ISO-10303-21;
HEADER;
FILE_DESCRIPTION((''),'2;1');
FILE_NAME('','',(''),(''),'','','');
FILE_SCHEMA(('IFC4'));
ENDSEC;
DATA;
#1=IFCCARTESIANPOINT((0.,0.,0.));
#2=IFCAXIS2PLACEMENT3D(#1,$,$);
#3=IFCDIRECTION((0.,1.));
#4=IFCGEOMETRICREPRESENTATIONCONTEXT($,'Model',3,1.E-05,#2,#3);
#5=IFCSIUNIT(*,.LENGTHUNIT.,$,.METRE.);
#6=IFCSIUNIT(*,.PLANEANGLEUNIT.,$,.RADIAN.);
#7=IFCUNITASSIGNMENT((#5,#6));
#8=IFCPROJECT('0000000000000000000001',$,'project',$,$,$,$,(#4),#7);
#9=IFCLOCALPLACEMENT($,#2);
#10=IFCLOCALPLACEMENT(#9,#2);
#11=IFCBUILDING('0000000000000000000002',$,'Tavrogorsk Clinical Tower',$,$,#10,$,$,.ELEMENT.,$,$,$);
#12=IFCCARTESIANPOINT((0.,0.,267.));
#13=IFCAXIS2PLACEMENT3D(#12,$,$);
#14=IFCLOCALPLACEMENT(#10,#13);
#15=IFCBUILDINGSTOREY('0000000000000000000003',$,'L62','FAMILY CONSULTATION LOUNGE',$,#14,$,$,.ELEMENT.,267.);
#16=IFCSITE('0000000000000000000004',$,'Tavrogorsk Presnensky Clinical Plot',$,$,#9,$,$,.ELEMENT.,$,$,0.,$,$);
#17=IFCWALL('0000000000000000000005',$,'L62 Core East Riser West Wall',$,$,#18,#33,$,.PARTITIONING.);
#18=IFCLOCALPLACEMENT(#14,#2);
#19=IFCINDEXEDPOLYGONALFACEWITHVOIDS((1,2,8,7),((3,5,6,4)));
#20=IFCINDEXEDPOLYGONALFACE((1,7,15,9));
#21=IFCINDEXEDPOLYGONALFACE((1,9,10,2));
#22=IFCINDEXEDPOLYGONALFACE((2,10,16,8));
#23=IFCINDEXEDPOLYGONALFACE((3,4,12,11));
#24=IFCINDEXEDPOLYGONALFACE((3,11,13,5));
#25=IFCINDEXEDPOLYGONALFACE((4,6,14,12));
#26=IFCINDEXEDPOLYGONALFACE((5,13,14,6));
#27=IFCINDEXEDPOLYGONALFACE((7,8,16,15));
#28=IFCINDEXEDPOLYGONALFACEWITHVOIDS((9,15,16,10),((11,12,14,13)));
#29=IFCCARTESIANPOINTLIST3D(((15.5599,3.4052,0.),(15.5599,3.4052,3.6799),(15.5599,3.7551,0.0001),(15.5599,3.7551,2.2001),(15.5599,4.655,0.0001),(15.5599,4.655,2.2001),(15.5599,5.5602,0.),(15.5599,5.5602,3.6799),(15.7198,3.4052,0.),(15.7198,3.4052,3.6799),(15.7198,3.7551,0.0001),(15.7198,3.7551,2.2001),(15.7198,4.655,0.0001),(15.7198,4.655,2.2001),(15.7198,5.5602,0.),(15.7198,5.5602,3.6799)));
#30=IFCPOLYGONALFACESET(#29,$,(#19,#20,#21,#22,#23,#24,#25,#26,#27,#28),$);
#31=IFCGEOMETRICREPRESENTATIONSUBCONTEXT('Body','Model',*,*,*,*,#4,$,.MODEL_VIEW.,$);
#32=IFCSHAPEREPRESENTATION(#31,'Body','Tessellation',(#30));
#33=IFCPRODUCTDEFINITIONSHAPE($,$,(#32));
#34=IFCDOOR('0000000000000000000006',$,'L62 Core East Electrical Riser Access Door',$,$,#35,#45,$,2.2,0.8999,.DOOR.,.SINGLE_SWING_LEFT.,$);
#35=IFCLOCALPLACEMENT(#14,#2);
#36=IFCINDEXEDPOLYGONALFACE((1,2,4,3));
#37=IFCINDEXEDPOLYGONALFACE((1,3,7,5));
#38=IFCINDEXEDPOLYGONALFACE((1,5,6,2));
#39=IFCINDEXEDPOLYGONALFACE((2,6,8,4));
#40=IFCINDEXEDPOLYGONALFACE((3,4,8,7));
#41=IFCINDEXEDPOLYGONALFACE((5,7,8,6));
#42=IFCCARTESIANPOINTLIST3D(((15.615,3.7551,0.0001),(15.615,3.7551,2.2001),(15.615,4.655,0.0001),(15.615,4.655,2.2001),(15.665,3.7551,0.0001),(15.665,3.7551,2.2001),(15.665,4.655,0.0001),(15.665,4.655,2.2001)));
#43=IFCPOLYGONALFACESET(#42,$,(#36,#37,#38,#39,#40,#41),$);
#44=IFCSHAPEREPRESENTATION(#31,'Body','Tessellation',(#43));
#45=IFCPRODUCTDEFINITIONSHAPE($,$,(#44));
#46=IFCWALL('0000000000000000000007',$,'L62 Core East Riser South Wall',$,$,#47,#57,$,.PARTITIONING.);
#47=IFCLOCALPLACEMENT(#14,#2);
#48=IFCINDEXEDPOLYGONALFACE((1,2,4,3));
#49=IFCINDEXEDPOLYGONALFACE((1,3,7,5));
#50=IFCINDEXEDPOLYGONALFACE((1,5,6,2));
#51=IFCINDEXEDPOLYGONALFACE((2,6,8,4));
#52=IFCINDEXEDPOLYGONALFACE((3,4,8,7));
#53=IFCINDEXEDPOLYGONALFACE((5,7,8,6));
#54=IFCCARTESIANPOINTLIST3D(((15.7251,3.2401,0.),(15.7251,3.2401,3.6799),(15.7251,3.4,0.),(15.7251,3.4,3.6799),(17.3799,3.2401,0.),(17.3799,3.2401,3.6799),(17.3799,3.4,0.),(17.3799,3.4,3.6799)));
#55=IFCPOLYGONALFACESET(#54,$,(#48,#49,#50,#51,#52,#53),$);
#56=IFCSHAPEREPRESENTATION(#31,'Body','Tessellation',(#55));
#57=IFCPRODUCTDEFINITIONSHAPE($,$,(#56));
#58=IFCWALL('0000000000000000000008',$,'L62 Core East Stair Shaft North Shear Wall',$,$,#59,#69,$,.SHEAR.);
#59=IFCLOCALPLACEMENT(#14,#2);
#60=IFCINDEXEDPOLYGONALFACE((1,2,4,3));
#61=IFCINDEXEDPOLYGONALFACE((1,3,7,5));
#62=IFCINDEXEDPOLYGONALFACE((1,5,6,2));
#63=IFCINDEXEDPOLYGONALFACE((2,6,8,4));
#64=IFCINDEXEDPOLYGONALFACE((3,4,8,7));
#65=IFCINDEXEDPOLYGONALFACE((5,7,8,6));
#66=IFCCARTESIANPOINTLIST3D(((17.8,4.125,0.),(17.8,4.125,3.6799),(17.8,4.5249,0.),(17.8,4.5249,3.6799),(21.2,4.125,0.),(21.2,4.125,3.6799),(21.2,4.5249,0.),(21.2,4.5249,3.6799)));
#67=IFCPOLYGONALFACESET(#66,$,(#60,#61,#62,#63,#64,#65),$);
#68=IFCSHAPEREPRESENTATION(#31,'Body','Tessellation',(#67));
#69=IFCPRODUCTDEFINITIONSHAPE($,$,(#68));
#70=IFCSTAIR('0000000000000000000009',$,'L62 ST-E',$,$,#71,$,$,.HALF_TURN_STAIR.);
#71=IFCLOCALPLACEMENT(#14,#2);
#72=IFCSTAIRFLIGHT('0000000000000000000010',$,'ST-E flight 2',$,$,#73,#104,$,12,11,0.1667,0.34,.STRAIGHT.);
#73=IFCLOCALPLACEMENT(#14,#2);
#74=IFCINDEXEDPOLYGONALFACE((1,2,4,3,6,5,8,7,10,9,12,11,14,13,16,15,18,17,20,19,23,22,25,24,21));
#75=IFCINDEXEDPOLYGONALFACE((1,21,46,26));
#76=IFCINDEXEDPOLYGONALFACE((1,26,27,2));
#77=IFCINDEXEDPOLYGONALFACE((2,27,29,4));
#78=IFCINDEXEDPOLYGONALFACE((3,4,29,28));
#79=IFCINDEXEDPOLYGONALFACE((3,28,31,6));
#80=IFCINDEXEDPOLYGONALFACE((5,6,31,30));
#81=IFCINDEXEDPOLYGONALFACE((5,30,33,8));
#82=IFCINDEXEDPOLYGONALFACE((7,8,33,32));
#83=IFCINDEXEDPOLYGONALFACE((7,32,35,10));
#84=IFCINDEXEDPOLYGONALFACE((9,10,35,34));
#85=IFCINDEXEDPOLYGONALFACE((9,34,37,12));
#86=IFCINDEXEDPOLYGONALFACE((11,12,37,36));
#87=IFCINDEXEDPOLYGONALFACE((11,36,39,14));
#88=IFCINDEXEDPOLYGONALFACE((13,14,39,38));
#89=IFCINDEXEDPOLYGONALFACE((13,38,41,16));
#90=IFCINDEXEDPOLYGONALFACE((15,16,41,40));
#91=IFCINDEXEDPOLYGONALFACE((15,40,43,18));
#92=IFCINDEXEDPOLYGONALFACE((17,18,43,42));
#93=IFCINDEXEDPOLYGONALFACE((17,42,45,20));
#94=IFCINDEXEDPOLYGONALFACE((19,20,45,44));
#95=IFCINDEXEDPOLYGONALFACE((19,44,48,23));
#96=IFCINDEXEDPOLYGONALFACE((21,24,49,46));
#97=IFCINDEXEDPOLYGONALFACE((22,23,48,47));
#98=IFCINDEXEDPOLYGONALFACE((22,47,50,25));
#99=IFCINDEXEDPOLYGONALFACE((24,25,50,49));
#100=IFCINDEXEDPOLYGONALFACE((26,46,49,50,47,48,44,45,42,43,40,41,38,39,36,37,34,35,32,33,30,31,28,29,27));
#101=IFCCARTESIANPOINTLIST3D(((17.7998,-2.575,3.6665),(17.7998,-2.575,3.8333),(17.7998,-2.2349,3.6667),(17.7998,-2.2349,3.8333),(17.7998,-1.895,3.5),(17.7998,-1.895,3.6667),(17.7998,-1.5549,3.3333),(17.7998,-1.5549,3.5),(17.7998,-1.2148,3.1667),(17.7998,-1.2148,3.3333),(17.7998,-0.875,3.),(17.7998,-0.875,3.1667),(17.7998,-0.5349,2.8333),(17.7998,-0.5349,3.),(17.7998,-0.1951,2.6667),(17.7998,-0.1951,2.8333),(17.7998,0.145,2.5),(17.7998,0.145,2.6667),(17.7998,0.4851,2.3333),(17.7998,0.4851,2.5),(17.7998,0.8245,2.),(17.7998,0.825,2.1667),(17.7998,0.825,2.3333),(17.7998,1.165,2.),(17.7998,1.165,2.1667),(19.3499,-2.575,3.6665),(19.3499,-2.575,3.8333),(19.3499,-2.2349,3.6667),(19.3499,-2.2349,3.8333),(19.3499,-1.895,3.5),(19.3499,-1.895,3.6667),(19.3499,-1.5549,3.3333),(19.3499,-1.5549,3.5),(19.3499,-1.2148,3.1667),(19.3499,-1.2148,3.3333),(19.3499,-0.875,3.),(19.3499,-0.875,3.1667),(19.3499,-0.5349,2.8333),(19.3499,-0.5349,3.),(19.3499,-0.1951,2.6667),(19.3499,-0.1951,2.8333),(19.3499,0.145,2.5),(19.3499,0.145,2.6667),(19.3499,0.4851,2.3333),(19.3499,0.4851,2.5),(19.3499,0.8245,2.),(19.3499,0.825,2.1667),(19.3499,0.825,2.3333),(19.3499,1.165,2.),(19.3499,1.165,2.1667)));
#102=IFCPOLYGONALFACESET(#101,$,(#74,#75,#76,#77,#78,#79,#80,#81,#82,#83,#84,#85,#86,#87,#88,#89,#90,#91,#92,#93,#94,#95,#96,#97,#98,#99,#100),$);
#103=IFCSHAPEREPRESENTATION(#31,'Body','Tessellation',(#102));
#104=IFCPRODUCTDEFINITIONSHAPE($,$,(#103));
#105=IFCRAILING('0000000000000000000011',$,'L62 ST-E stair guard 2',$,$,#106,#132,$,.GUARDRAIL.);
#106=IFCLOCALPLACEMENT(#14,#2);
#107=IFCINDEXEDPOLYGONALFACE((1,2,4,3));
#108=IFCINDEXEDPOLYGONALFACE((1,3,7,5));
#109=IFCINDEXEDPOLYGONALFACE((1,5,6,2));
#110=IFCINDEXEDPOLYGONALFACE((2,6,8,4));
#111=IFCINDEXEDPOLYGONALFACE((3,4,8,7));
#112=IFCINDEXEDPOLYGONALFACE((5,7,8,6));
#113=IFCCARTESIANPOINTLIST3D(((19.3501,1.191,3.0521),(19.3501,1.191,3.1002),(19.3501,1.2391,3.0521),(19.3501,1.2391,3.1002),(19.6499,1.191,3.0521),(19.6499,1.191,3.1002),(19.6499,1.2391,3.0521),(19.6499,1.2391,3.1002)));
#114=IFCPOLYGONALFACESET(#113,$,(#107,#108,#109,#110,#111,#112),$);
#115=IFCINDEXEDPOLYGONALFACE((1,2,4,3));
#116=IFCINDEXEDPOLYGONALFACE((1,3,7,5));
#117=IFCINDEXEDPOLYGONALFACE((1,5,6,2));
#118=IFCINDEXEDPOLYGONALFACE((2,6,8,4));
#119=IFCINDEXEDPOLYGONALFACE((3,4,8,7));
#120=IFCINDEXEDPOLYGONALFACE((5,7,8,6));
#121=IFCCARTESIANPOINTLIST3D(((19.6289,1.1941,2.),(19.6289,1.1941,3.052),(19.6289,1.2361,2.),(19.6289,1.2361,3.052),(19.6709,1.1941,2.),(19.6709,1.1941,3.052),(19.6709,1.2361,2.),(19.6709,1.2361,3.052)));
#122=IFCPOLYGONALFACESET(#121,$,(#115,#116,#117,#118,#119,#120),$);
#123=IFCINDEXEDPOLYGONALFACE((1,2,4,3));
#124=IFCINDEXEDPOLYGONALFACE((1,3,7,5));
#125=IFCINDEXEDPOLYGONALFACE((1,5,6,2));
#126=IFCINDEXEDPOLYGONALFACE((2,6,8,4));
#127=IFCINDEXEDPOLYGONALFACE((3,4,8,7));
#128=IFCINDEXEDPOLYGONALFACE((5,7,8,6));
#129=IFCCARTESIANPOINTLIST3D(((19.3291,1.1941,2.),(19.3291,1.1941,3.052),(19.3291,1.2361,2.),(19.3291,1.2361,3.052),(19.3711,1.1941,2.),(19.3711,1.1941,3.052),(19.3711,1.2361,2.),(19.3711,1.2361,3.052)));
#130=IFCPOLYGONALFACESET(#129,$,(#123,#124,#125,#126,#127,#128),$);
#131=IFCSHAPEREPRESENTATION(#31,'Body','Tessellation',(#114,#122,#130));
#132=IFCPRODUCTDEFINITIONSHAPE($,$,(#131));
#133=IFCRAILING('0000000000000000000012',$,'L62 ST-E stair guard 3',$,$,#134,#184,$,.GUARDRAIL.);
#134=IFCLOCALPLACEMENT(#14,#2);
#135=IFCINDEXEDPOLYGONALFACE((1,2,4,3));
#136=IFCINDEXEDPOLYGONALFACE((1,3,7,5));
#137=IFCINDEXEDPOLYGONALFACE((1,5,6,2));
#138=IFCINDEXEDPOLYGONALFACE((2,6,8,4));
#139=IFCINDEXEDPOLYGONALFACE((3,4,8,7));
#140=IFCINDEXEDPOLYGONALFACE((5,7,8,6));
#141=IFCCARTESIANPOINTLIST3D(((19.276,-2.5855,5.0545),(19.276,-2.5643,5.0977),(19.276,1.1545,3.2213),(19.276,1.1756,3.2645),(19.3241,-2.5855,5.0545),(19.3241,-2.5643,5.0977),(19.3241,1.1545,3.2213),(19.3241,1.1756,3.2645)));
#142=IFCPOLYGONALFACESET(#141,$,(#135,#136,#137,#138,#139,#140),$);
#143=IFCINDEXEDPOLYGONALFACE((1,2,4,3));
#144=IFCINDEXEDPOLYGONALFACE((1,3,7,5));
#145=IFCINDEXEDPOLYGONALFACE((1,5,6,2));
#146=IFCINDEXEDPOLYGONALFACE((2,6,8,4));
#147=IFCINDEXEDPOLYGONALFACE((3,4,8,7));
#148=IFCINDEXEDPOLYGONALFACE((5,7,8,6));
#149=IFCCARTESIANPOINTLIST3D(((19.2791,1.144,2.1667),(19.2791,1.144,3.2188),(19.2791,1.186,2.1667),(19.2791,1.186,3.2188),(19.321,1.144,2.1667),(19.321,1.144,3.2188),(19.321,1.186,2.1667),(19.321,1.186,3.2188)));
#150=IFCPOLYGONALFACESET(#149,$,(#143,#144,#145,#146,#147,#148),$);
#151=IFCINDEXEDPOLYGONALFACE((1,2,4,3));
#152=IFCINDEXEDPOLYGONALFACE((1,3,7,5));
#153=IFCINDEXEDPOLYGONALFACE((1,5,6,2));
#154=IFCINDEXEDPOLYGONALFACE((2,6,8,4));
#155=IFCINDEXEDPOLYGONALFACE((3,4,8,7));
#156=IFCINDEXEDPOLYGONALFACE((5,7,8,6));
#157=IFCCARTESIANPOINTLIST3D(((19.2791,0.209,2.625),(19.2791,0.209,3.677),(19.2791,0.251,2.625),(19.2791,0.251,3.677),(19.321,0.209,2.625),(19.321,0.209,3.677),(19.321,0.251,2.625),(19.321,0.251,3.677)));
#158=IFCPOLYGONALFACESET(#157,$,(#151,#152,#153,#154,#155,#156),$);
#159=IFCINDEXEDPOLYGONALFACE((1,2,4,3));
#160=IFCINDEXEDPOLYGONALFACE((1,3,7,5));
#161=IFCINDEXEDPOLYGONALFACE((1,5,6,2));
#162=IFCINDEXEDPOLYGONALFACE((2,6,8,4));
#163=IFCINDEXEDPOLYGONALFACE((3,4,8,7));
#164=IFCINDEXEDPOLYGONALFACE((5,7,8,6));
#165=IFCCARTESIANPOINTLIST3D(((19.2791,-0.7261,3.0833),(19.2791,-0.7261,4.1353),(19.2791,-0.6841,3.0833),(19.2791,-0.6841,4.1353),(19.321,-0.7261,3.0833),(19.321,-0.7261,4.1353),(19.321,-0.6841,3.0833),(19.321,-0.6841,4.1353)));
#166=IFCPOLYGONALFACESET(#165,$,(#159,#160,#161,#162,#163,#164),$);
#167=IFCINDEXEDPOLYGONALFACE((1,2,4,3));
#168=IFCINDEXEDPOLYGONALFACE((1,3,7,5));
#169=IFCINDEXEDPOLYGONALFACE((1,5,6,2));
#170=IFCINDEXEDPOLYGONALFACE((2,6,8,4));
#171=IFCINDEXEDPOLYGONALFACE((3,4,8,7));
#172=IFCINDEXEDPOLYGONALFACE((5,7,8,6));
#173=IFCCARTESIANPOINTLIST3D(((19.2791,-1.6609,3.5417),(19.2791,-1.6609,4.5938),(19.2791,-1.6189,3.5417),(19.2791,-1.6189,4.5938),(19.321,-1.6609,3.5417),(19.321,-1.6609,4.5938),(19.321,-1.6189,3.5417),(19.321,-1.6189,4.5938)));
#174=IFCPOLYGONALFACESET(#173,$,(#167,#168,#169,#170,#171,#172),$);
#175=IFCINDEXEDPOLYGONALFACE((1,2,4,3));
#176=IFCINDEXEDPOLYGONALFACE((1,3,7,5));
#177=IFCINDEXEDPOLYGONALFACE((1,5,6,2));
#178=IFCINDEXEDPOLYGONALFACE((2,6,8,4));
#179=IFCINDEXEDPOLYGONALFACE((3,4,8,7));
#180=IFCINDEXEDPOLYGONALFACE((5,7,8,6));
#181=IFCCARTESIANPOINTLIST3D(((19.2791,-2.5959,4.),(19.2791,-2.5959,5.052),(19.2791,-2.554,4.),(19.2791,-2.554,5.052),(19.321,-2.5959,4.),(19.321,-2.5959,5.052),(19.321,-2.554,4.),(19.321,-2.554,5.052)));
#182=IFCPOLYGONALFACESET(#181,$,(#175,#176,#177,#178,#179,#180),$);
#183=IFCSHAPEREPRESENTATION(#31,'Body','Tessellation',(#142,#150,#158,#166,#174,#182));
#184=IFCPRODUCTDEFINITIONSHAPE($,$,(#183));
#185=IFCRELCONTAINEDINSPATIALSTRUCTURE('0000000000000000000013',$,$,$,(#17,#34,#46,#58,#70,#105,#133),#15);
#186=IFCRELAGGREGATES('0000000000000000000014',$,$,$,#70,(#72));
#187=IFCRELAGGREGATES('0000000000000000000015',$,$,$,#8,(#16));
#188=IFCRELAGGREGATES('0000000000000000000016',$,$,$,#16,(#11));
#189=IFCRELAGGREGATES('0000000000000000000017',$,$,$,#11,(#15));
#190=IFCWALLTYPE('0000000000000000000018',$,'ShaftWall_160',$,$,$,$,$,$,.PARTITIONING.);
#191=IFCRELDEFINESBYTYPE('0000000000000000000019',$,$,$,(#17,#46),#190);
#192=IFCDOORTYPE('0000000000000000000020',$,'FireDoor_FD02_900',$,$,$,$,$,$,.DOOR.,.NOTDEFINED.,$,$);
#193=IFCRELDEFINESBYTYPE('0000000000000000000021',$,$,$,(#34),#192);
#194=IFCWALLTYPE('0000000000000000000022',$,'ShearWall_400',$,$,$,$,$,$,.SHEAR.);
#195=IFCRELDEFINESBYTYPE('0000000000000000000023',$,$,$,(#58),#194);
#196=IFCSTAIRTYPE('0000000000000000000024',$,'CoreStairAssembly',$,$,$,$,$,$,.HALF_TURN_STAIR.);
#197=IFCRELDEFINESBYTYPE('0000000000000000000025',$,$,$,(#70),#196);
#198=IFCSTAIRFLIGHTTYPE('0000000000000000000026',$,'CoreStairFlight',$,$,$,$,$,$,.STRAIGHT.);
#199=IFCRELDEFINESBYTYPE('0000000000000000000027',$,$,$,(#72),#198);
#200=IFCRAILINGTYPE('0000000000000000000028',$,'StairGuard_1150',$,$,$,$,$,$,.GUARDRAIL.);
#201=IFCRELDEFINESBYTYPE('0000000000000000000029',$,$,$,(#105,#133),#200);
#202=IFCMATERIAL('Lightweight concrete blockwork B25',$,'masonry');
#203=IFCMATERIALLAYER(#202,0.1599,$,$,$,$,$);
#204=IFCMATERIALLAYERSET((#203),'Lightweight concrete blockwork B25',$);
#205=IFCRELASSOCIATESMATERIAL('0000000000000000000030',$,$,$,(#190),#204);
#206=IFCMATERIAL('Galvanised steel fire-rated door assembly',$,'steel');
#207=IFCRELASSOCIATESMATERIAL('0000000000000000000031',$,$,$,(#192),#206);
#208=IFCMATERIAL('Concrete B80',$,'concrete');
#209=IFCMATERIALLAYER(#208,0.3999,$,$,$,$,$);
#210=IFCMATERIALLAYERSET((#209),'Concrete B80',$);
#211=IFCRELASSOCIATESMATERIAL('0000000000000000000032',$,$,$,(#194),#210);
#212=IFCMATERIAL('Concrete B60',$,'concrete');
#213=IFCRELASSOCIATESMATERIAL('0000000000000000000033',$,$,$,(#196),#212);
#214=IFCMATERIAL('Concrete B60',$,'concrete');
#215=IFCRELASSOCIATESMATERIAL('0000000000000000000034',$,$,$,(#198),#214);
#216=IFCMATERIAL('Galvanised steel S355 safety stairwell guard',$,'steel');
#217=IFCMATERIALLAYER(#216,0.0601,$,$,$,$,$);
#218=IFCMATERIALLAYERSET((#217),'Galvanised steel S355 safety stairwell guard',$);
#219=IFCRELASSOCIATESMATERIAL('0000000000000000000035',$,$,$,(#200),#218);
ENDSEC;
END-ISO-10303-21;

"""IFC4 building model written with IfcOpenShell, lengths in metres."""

from ifc_helpers import new_model, si_unit, direction, frame, frame_2d, origin, origin_2d, place, context, subcontext, project, spatial, polyline, rectangle, outline, extrude, material, layer, layer_set, type_object, element, fill, aggregate, save


model = new_model("IFC4")

# Units and contexts
model_context = context("Model", 3, precision=1e-05, world=origin(), true_north=direction((0.0, 1.0)))
body_context = subcontext(model_context, "Body", "Model", "MODEL_VIEW")
ifc_project = project(units=[si_unit("LENGTHUNIT", "METRE"), si_unit("PLANEANGLEUNIT", "RADIAN")], contexts=[model_context])

# Site, building, storey
site_placement = place(None, origin())
site = spatial("IfcSite", under=ifc_project, at=site_placement, Name="Tavrogorsk Presnensky Clinical Plot", CompositionType="ELEMENT", RefElevation=0.0)
building_placement = place(site_placement, origin())
building = spatial("IfcBuilding", under=site, at=building_placement, Name="Tavrogorsk Clinical Tower", CompositionType="ELEMENT")
storey_placement = place(building_placement, frame((0.0, 0.0, 267.0)))
storey = spatial("IfcBuildingStorey", under=building, at=storey_placement, Name="L62", Description="FAMILY CONSULTATION LOUNGE", CompositionType="ELEMENT", Elevation=267.0)

# Wall, opening, door
ifc_material_1 = material(Name="Lightweight concrete blockwork B25", Category="masonry")
ifc_layer_1 = layer(ifc_material_1, 0.1599)
ifc_layer_set_1 = layer_set([ifc_layer_1], Name="Lightweight concrete blockwork B25")
wall_type_1 = type_object("IfcWallType", Name="ShaftWall_160", PredefinedType="PARTITIONING", material=ifc_layer_set_1)
wall_1_placement = place(storey_placement, frame((15.6399, 3.405, 0.0), z_axis=(0.0, 0.0, 1.0), x_axis=(0.0, 1.0, 0.0)))
wall_1 = element("IfcWall", 1, at=wall_1_placement, inside=storey, type_object=wall_type_1, Name="L62 Core East Riser West Wall", PredefinedType="PARTITIONING", context=body_context, shape_type="SweptSolid", body=[
    extrude(rectangle(XDim=2.155, YDim=0.1599, at=frame_2d((1.0776, 0.0))), origin(), (0.0, 0.0, 1.0), 3.6799),
])
opening_1_placement = place(wall_1_placement, frame((0.3501, 0.0, 0.0)))
opening_1 = element("IfcOpeningElement", 2, at=opening_1_placement, cuts=wall_1, PredefinedType="OPENING", context=body_context, shape_type="SweptSolid", body=[
    extrude(rectangle(XDim=0.8999, YDim=2.2, at=frame_2d((0.45, 1.1001))), frame((0.0, 0.0898, 0.0), z_axis=(0.0, -1.0, 0.0), x_axis=(1.0, 0.0, 0.0)), (0.0, 0.0, 1.0), 0.1799),
])
ifc_material_2 = material(Name="Galvanised steel fire-rated door assembly", Category="steel")
door_type_1 = type_object("IfcDoorType", Name="FireDoor_FD02_900", OperationType="NOTDEFINED", PredefinedType="DOOR", material=ifc_material_2)
door_1_placement = place(opening_1_placement, origin())
door_1 = element("IfcDoor", 3, at=door_1_placement, inside=storey, type_object=door_type_1, Name="L62 Core East Electrical Riser Access Door", OperationType="SINGLE_SWING_LEFT", OverallHeight=2.2, OverallWidth=0.8999, PredefinedType="DOOR", context=body_context, shape_type="SweptSolid", body=[
    extrude(rectangle(XDim=0.8999, YDim=2.2, at=frame_2d((0.45, 1.1001))), frame((0.0, 0.0249, 0.0), z_axis=(0.0, -1.0, 0.0), x_axis=(1.0, 0.0, 0.0)), (0.0, 0.0, 1.0), 0.05),
])
fill(opening_1, door_1)

# Walls
wall_2_placement = place(storey_placement, frame((15.7251, 3.3201, 0.0), z_axis=(0.0, 0.0, 1.0), x_axis=(1.0, 0.0, 0.0)))
element("IfcWall", 4, at=wall_2_placement, inside=storey, type_object=wall_type_1, Name="L62 Core East Riser South Wall", PredefinedType="PARTITIONING", context=body_context, shape_type="SweptSolid", body=[
    extrude(rectangle(XDim=1.6548, YDim=0.1599, at=frame_2d((0.8274, 0.0))), origin(), (0.0, 0.0, 1.0), 3.6799),
])
ifc_material_3 = material(Name="Concrete B80", Category="concrete")
ifc_layer_2 = layer(ifc_material_3, 0.3999)
ifc_layer_set_2 = layer_set([ifc_layer_2], Name="Concrete B80")
wall_type_2 = type_object("IfcWallType", Name="ShearWall_400", PredefinedType="SHEAR", material=ifc_layer_set_2)
wall_3_placement = place(storey_placement, frame((17.8, 4.325, 0.0), z_axis=(0.0, 0.0, 1.0), x_axis=(1.0, 0.0, 0.0)))
element("IfcWall", 5, at=wall_3_placement, inside=storey, type_object=wall_type_2, Name="L62 Core East Stair Shaft North Shear Wall", PredefinedType="SHEAR", context=body_context, shape_type="SweptSolid", body=[
    extrude(rectangle(XDim=3.3999, YDim=0.3999, at=frame_2d((1.7, 0.0))), origin(), (0.0, 0.0, 1.0), 3.6799),
])

# Stair, stair flight
ifc_material_4 = material(Name="Concrete B60", Category="concrete")
stair_type = type_object("IfcStairType", Name="CoreStairAssembly", PredefinedType="HALF_TURN_STAIR", material=ifc_material_4)
stair_placement = place(storey_placement, origin())
stair = element("IfcStair", 6, at=stair_placement, inside=storey, type_object=stair_type, Name="L62 ST-E", PredefinedType="HALF_TURN_STAIR")
ifc_material_5 = material(Name="Concrete B60", Category="concrete")
stair_flight_type = type_object("IfcStairFlightType", Name="CoreStairFlight", PredefinedType="STRAIGHT", material=ifc_material_5)
stair_flight_placement = place(storey_placement, frame((18.575, 1.165, 2.0), z_axis=(0.0, 0.0, 1.0), x_axis=(0.0, -1.0, 0.0)))
stair_flight = element("IfcStairFlight", 7, at=stair_flight_placement, type_object=stair_flight_type, Name="ST-E flight 2", NumberOfRisers=12, NumberOfTreads=11, PredefinedType="STRAIGHT", RiserHeight=0.1667, TreadLength=0.34, context=body_context, shape_type="SweptSolid", body=[
    extrude(outline(polyline([(0.0, 0.0), (0.0, 0.1667), (0.3401, 0.1667), (0.3401, 0.3333), (0.6799, 0.3333), (0.6799, 0.5), (1.02, 0.5), (1.02, 0.6667), (1.3601, 0.6667), (1.3601, 0.8333), (1.7, 0.8333), (1.7, 1.0), (2.04, 1.0), (2.04, 1.1667), (2.3799, 1.1667), (2.3799, 1.3333), (2.72, 1.3333), (2.72, 1.5), (3.0601, 1.5), (3.0601, 1.6667), (3.3999, 1.6667), (3.3999, 1.8333), (3.74, 1.8333), (3.74, 2.0), (3.74, 1.6665), (0.3406, 0.0), (0.0, 0.0)])), frame((0.0, 0.7749, 0.0), z_axis=(0.0, -1.0, 0.0), x_axis=(1.0, 0.0, 0.0)), (0.0, 0.0, 1.0), 1.55),
])
aggregate(stair, [stair_flight])

# Railings
ifc_material_6 = material(Name="Galvanised steel S355 safety stairwell guard", Category="steel")
ifc_layer_3 = layer(ifc_material_6, 0.0601)
ifc_layer_set_3 = layer_set([ifc_layer_3], Name="Galvanised steel S355 safety stairwell guard")
railing_type_1 = type_object("IfcRailingType", Name="StairGuard_1150", PredefinedType="GUARDRAIL", material=ifc_layer_set_3)
railing_1_placement = place(storey_placement, frame((19.6499, 1.2151, 2.0)))
element("IfcRailing", 8, at=railing_1_placement, inside=storey, type_object=railing_type_1, Name="L62 ST-E stair guard 2", PredefinedType="GUARDRAIL", context=body_context, shape_type="SweptSolid", body=[
    extrude(rectangle(XDim=0.0481, YDim=0.0481, at=origin_2d()), frame((0.0, 0.0, 1.0762), z_axis=(-1.0, 0.0, 0.0), x_axis=(0.0, -1.0, 0.0)), (0.0, 0.0, 1.0), 0.2998),
    extrude(rectangle(XDim=0.042, YDim=0.042, at=origin_2d()), origin(), (0.0, 0.0, 1.0), 1.052),
    extrude(rectangle(XDim=0.042, YDim=0.042, at=origin_2d()), frame((-0.2998, 0.0, 0.0)), (0.0, 0.0, 1.0), 1.052),
])
railing_2_placement = place(storey_placement, frame((19.3, 1.165, 2.1667)))
element("IfcRailing", 9, at=railing_2_placement, inside=storey, type_object=railing_type_1, Name="L62 ST-E stair guard 3", PredefinedType="GUARDRAIL", context=body_context, shape_type="SweptSolid", body=[
    extrude(rectangle(XDim=0.0481, YDim=0.0481, at=origin_2d()), frame((0.0, 0.0, 1.0762), z_axis=(0.0, -0.897928, 0.440142), x_axis=(1.0, 0.0, 0.0)), (0.0, 0.0, 1.0), 4.165),
    extrude(rectangle(XDim=0.042, YDim=0.042, at=origin_2d()), origin(), (0.0, 0.0, 1.0), 1.052),
    extrude(rectangle(XDim=0.042, YDim=0.042, at=origin_2d()), frame((0.0, -0.9351, 0.4583)), (0.0, 0.0, 1.0), 1.052),
    extrude(rectangle(XDim=0.042, YDim=0.042, at=origin_2d()), frame((0.0, -1.8701, 0.9165)), (0.0, 0.0, 1.0), 1.052),
    extrude(rectangle(XDim=0.042, YDim=0.042, at=origin_2d()), frame((0.0, -2.8049, 1.375)), (0.0, 0.0, 1.0), 1.052),
    extrude(rectangle(XDim=0.042, YDim=0.042, at=origin_2d()), frame((0.0, -3.74, 1.8333)), (0.0, 0.0, 1.0), 1.052),
])

save(model, "model.ifc")
